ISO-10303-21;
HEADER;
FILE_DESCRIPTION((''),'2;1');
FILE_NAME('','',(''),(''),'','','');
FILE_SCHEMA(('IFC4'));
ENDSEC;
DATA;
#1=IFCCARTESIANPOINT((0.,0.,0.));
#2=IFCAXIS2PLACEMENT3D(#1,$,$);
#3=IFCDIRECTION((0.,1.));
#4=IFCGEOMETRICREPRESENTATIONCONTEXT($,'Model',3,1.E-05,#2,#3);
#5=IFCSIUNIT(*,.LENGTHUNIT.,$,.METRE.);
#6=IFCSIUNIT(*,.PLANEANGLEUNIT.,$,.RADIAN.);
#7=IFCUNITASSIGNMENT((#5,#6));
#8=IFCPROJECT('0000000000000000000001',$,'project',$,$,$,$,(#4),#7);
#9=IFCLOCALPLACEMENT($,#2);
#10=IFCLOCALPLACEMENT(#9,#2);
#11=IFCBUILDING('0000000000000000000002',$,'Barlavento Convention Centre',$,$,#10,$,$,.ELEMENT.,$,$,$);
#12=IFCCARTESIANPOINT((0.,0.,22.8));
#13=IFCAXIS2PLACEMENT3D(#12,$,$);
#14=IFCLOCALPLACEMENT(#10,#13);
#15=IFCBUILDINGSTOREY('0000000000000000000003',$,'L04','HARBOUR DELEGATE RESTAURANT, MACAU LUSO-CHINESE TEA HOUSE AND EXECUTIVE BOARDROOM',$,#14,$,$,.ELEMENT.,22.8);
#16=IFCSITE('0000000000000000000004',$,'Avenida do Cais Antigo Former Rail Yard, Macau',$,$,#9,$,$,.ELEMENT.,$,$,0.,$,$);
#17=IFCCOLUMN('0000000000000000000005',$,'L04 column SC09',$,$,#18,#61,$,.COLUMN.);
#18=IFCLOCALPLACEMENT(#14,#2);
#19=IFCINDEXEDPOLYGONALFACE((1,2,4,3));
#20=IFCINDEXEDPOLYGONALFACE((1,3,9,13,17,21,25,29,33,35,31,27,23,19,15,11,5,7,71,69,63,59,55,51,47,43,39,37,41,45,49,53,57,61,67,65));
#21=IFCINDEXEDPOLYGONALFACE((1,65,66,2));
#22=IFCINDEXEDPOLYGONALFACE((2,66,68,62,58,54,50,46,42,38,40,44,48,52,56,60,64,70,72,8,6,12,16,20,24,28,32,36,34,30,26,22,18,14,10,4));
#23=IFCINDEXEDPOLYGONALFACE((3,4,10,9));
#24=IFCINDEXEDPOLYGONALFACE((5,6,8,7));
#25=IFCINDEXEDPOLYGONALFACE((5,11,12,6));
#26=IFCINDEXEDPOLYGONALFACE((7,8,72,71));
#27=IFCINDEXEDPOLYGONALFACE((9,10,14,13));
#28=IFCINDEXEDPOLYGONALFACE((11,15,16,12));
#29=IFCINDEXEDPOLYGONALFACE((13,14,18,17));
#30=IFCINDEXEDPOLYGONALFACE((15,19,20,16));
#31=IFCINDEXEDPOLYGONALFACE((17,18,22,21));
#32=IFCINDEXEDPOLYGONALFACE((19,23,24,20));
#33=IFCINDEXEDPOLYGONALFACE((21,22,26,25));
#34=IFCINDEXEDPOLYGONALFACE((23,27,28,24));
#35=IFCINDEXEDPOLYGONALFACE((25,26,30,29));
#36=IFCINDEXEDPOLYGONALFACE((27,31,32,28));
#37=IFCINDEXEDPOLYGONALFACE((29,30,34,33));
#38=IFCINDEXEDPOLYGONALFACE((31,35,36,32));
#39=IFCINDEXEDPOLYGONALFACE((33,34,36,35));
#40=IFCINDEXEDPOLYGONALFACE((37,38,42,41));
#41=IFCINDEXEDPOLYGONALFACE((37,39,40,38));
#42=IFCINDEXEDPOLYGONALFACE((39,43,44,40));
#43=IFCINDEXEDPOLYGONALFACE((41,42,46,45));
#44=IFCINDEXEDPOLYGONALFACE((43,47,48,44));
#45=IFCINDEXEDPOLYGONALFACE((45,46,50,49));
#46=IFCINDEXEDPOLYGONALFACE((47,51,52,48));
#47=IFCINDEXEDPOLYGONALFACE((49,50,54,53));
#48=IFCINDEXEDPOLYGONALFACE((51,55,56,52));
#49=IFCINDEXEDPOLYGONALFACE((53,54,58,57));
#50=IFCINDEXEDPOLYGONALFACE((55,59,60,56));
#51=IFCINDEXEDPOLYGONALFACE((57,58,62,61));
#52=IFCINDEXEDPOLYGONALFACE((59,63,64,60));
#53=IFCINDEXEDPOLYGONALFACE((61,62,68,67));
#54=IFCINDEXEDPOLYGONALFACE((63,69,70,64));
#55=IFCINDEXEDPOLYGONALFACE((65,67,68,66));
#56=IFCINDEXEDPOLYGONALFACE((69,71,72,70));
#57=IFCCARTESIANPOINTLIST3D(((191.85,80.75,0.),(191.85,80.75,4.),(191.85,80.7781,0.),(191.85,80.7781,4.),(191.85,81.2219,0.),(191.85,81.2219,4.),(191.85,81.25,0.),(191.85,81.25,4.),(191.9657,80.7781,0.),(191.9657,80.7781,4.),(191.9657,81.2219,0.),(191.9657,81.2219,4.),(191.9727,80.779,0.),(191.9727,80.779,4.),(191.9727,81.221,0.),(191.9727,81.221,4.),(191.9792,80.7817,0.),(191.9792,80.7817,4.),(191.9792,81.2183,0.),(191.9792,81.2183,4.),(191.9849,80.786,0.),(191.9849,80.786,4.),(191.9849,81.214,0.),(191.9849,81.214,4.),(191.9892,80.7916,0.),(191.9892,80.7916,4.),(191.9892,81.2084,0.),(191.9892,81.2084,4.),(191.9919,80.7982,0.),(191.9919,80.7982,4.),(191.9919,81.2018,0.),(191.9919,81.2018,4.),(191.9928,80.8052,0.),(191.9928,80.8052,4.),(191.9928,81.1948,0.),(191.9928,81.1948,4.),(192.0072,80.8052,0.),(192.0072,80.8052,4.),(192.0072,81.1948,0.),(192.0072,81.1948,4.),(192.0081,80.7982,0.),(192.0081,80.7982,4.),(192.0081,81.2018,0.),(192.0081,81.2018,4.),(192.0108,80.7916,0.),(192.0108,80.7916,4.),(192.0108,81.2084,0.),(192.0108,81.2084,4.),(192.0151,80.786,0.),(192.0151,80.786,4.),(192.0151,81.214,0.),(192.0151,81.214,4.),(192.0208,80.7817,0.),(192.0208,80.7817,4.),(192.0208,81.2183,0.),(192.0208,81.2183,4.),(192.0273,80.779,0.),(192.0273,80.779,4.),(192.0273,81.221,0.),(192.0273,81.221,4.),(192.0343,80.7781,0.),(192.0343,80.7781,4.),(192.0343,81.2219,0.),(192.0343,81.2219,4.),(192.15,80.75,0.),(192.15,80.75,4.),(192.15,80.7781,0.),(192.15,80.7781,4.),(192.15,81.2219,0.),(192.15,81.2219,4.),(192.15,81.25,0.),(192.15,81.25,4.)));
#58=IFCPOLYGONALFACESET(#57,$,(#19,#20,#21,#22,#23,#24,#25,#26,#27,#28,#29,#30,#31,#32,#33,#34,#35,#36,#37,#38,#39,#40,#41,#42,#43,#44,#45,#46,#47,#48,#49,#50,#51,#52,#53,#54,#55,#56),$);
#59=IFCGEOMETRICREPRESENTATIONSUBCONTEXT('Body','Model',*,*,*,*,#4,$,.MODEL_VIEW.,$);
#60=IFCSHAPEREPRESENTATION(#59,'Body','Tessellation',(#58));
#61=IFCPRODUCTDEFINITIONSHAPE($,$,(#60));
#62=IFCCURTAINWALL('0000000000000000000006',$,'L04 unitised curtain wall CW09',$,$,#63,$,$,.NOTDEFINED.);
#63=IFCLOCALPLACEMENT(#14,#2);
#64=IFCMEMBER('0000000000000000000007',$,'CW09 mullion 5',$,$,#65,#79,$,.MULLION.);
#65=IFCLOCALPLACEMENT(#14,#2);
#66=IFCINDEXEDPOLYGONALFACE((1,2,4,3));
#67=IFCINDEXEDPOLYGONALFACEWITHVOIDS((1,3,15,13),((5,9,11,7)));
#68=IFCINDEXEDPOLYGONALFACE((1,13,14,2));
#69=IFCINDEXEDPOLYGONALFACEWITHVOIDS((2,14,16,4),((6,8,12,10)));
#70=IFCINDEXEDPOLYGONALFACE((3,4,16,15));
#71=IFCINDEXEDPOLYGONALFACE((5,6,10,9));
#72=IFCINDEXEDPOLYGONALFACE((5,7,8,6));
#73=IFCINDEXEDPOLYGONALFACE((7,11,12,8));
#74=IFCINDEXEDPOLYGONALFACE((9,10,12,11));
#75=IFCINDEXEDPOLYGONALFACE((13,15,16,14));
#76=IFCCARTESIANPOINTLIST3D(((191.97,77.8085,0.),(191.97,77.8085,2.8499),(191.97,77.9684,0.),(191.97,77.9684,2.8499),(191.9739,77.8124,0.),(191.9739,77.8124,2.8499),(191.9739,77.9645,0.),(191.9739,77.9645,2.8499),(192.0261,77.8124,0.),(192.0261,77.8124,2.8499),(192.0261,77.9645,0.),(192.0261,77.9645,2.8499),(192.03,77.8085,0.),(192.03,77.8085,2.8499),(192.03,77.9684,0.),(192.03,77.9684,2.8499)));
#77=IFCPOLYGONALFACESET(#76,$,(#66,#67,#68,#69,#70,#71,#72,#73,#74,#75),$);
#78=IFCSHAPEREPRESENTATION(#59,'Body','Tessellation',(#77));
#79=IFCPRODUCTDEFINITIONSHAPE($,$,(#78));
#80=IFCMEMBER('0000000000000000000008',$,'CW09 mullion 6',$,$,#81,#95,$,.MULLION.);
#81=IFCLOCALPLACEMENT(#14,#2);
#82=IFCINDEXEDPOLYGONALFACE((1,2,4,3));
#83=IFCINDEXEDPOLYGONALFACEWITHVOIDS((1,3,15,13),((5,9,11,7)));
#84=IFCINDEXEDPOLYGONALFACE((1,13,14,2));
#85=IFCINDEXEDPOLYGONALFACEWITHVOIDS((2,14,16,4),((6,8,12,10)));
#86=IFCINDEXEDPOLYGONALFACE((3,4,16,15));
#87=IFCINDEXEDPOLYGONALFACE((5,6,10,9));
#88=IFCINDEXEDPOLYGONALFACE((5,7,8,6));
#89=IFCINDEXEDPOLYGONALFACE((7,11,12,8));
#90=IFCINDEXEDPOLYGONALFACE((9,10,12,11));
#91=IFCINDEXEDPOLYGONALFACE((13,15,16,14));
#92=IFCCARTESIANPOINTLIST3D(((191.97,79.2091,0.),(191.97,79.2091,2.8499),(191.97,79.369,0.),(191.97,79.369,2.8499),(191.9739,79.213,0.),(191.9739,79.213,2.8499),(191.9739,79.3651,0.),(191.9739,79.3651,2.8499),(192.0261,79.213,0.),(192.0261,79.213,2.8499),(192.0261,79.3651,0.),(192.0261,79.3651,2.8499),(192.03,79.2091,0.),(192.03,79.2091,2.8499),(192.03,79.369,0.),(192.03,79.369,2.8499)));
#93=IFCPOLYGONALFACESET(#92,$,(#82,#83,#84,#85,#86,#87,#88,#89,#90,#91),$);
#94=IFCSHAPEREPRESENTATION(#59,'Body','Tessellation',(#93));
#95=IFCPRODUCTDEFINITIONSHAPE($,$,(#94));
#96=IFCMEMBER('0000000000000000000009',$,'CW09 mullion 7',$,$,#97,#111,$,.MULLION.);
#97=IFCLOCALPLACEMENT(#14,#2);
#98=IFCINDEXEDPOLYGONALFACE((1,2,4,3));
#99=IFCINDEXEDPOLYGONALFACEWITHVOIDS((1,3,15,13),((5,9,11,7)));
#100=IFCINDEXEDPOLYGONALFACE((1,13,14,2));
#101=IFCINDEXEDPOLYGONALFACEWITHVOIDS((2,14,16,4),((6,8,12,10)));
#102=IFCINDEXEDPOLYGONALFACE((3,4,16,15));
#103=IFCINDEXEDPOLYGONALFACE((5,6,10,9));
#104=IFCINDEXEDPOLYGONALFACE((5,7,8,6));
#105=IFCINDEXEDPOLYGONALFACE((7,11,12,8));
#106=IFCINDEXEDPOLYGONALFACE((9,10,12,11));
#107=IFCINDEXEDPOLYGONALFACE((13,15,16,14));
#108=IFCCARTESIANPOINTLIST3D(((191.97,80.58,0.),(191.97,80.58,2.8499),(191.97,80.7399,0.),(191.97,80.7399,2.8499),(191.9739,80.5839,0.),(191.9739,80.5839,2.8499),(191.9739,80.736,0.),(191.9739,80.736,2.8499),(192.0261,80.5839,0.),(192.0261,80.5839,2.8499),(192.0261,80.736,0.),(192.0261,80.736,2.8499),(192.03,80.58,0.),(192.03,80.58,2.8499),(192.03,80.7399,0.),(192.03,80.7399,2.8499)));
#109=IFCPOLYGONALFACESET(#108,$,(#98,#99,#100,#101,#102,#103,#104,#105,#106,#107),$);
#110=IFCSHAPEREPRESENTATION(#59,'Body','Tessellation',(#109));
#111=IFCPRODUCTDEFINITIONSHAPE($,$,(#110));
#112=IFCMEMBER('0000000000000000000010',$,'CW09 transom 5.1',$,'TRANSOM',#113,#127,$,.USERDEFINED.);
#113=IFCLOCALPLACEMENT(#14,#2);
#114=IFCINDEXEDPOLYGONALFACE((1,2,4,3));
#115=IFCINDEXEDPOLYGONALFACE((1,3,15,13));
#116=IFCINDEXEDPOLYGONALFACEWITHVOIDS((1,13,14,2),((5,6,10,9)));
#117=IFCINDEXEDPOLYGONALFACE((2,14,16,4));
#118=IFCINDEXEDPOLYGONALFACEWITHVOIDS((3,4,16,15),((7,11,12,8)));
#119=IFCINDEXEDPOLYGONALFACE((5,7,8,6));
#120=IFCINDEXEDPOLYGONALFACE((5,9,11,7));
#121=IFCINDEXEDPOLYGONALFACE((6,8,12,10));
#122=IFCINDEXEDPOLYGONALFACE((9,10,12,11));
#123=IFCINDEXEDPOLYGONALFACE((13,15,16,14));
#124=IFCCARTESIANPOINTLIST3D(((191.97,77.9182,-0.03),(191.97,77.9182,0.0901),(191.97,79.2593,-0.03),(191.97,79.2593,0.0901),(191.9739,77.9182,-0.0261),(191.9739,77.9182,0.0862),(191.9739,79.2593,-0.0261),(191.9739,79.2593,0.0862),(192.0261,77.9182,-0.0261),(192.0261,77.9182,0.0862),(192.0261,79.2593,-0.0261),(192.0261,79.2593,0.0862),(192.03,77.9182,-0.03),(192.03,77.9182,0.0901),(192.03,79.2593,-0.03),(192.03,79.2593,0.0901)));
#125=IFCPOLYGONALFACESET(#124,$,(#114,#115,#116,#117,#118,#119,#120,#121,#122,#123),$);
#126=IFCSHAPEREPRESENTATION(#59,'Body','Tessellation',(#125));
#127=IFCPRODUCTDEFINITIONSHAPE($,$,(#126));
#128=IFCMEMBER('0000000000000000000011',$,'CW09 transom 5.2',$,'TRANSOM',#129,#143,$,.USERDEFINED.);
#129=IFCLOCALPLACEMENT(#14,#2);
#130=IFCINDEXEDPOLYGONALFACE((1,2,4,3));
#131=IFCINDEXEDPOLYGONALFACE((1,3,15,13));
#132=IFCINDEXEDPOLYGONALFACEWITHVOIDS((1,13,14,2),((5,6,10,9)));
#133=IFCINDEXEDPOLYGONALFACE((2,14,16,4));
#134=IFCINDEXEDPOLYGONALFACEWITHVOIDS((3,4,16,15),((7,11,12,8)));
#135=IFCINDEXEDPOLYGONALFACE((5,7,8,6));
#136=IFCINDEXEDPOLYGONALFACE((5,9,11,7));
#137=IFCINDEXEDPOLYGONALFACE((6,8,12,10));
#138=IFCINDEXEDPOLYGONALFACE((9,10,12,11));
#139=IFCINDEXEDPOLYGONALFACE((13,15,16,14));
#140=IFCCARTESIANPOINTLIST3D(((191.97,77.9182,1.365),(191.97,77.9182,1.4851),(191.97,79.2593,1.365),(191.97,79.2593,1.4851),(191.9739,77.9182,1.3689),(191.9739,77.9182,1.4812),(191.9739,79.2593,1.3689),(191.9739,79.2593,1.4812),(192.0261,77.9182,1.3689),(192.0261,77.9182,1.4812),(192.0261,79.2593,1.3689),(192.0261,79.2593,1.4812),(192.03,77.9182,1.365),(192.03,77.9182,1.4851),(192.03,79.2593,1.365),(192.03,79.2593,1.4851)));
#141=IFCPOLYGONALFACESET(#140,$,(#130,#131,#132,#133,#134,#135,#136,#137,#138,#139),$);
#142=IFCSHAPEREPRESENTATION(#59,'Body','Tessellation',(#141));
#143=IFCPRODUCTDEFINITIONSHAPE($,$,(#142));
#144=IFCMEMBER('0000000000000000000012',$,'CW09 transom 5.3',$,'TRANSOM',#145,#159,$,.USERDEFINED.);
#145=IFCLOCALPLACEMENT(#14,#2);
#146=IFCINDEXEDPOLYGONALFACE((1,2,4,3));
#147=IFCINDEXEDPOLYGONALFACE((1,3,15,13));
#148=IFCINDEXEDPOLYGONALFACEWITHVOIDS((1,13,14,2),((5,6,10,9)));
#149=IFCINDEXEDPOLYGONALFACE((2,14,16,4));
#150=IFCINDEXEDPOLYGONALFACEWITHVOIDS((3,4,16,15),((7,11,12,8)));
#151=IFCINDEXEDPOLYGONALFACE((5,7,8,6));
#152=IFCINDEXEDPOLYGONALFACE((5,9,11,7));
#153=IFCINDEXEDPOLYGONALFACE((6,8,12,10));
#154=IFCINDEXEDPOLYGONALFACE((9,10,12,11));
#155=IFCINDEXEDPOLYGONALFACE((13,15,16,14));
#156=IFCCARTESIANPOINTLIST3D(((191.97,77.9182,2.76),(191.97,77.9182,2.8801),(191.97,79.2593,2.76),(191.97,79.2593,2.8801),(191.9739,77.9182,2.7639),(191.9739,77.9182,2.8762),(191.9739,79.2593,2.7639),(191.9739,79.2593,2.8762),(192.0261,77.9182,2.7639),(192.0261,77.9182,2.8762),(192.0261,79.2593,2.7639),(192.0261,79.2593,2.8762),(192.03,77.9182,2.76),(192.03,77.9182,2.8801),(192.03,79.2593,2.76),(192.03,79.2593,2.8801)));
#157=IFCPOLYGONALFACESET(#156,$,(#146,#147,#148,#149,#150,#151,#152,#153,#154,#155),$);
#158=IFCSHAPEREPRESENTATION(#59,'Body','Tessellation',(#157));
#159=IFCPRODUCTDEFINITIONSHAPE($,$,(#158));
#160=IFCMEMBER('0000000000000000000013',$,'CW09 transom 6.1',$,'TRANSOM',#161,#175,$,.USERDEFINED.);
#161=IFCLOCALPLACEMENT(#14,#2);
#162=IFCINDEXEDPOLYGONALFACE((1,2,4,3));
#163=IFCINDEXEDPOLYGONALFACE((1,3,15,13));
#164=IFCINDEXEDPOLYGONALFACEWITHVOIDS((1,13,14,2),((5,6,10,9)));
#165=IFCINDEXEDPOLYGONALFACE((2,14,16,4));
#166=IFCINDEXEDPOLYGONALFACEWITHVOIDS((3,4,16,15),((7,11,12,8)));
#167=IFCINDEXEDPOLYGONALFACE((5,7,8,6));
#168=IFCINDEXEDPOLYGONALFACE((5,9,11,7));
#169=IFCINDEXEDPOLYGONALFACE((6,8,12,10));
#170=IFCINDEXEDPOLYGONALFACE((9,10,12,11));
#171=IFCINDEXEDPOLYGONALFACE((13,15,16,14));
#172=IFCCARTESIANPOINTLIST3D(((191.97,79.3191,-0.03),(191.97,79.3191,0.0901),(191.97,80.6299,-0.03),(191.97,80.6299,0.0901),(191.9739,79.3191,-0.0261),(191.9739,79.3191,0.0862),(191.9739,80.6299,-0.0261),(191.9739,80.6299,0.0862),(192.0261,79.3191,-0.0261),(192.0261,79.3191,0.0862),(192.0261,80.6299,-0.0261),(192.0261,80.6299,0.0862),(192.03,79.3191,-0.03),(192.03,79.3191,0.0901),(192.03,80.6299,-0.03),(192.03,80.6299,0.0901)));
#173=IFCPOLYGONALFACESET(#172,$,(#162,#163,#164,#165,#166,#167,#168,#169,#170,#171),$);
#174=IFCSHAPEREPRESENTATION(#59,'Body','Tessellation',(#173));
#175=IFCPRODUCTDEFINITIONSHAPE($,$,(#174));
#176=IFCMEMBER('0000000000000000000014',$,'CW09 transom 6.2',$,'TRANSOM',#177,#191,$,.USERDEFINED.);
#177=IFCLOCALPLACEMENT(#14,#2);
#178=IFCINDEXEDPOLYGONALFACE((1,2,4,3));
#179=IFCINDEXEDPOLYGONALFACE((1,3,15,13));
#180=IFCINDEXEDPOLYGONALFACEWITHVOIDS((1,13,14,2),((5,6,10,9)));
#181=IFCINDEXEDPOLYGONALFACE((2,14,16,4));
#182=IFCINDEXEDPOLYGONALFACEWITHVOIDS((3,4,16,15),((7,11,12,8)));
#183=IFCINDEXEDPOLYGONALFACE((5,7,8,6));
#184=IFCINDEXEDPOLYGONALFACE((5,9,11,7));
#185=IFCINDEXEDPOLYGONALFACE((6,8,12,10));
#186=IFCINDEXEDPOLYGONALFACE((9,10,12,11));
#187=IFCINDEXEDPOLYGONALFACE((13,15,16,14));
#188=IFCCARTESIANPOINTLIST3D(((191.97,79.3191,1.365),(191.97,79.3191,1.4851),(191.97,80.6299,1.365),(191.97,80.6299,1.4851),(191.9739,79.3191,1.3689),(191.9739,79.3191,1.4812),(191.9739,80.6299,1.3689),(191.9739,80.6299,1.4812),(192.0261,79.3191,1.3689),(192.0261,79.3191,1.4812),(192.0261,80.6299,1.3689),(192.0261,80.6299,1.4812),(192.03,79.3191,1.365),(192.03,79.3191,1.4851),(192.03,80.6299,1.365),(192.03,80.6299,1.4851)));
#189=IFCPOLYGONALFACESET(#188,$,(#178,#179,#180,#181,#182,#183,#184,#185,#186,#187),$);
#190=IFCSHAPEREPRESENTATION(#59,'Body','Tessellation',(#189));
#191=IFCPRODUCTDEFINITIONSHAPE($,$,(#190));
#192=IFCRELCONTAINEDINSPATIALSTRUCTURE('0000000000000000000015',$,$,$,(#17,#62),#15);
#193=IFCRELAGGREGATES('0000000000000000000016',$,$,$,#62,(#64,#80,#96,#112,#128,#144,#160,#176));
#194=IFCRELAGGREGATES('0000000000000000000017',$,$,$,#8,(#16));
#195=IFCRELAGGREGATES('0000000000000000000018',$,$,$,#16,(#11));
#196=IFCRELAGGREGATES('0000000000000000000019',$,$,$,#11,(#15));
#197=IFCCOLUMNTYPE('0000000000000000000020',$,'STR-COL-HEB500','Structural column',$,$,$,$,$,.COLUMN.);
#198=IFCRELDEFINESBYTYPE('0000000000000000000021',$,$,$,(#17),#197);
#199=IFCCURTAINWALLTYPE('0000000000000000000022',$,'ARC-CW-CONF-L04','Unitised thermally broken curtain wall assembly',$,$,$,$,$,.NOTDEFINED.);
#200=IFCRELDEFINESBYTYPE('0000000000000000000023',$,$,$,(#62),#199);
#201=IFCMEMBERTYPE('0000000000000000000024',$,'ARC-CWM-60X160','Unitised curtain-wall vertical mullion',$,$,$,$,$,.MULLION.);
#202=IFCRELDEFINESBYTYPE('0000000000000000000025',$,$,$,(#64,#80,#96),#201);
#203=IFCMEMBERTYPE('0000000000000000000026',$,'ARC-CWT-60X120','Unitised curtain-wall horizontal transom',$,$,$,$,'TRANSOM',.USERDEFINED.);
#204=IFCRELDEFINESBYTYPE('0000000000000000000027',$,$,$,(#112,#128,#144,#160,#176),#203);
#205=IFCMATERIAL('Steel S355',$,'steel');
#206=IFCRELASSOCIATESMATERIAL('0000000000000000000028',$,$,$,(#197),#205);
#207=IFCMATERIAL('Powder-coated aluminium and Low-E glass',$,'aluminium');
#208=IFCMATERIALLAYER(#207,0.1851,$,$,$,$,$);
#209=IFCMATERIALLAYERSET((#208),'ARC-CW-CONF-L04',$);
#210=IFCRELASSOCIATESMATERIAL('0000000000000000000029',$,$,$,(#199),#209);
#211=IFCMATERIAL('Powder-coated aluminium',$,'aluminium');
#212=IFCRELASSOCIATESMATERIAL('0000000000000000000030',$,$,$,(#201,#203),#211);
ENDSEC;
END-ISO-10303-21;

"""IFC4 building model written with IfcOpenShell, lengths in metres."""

from ifc_helpers import new_model, si_unit, direction, frame, origin, origin_2d, place, context, subcontext, project, spatial, hollow_rectangle, i_section, extrude, material, layer, layer_set, material_profile, profile_set, type_object, element, aggregate, save


model = new_model("IFC4")

# Units and contexts
model_context = context("Model", 3, precision=1e-05, world=origin(), true_north=direction((0.0, 1.0)))
body_context = subcontext(model_context, "Body", "Model", "MODEL_VIEW")
ifc_project = project(units=[si_unit("LENGTHUNIT", "METRE"), si_unit("PLANEANGLEUNIT", "RADIAN")], contexts=[model_context])

# Site, building, storey
site_placement = place(None, origin())
site = spatial("IfcSite", under=ifc_project, at=site_placement, Name="Avenida do Cais Antigo Former Rail Yard, Macau", CompositionType="ELEMENT", RefElevation=0.0)
building_placement = place(site_placement, origin())
building = spatial("IfcBuilding", under=site, at=building_placement, Name="Barlavento Convention Centre", CompositionType="ELEMENT")
storey_placement = place(building_placement, frame((0.0, 0.0, 22.8)))
storey = spatial("IfcBuildingStorey", under=building, at=storey_placement, Name="L04", Description="HARBOUR DELEGATE RESTAURANT, MACAU LUSO-CHINESE TEA HOUSE AND EXECUTIVE BOARDROOM", CompositionType="ELEMENT", Elevation=22.8)

# Column
ifc_material_1 = material(Name="Steel S355", Category="steel")
ifc_material_profile_1 = material_profile(ifc_material_1, i_section(OverallWidth=0.3, OverallDepth=0.5, WebThickness=0.0144, FlangeThickness=0.0281, FilletRadius=0.0271, at=origin_2d()), Name="HEB 500")
ifc_profile_set_1 = profile_set([ifc_material_profile_1], Name="Steel S355")
column_type = type_object("IfcColumnType", Name="STR-COL-HEB500", Description="Structural column", PredefinedType="COLUMN", material=ifc_profile_set_1)
column_placement = place(storey_placement, frame((192.0, 81.0, 0.0), z_axis=(0.0, 0.0, 1.0), x_axis=(1.0, 0.0, 0.0)))
element("IfcColumn", 1, at=column_placement, inside=storey, type_object=column_type, Name="L04 column SC09", PredefinedType="COLUMN", context=body_context, shape_type="SweptSolid", body=[
    extrude(i_section(OverallWidth=0.3, OverallDepth=0.5, WebThickness=0.0144, FlangeThickness=0.0281, FilletRadius=0.0271, at=origin_2d()), origin(), (0.0, 0.0, 1.0), 4.0),
])

# Curtain wall, members
ifc_material_2 = material(Name="Powder-coated aluminium and Low-E glass", Category="aluminium")
ifc_layer_1 = layer(ifc_material_2, 0.1851)
ifc_layer_set_1 = layer_set([ifc_layer_1], Name="ARC-CW-CONF-L04")
curtain_wall_type = type_object("IfcCurtainWallType", Name="ARC-CW-CONF-L04", Description="Unitised thermally broken curtain wall assembly", PredefinedType="NOTDEFINED", material=ifc_layer_set_1)
curtain_wall_placement = place(storey_placement, origin())
curtain_wall = element("IfcCurtainWall", 2, at=curtain_wall_placement, inside=storey, type_object=curtain_wall_type, Name="L04 unitised curtain wall CW09", PredefinedType="NOTDEFINED")
ifc_material_3 = material(Name="Powder-coated aluminium", Category="aluminium")
ifc_material_profile_2 = material_profile(ifc_material_3, hollow_rectangle(XDim=0.0601, YDim=0.1599, WallThickness=0.0039, at=origin_2d()), Name="AL-MULL 60x160x4")
ifc_profile_set_2 = profile_set([ifc_material_profile_2], Name="Powder-coated aluminium")
member_type_1 = type_object("IfcMemberType", Name="ARC-CWM-60X160", Description="Unitised curtain-wall vertical mullion", PredefinedType="MULLION", material=ifc_profile_set_2)
member_1_placement = place(storey_placement, frame((192.0, 77.8884, 0.0), z_axis=(0.0, 0.0, 1.0), x_axis=(-1.0, 0.0, 0.0)))
member_1 = element("IfcMember", 3, at=member_1_placement, type_object=member_type_1, Name="CW09 mullion 5", PredefinedType="MULLION", context=body_context, shape_type="SweptSolid", body=[
    extrude(hollow_rectangle(XDim=0.0601, YDim=0.1599, WallThickness=0.0039, at=origin_2d()), origin(), (0.0, 0.0, 1.0), 2.8499),
])
member_2_placement = place(storey_placement, frame((192.0, 79.2891, 0.0), z_axis=(0.0, 0.0, 1.0), x_axis=(-1.0, 0.0, 0.0)))
member_2 = element("IfcMember", 4, at=member_2_placement, type_object=member_type_1, Name="CW09 mullion 6", PredefinedType="MULLION", context=body_context, shape_type="SweptSolid", body=[
    extrude(hollow_rectangle(XDim=0.0601, YDim=0.1599, WallThickness=0.0039, at=origin_2d()), origin(), (0.0, 0.0, 1.0), 2.8499),
])
member_3_placement = place(storey_placement, frame((192.0, 80.6599, 0.0), z_axis=(0.0, 0.0, 1.0), x_axis=(-1.0, 0.0, 0.0)))
member_3 = element("IfcMember", 5, at=member_3_placement, type_object=member_type_1, Name="CW09 mullion 7", PredefinedType="MULLION", context=body_context, shape_type="SweptSolid", body=[
    extrude(hollow_rectangle(XDim=0.0601, YDim=0.1599, WallThickness=0.0039, at=origin_2d()), origin(), (0.0, 0.0, 1.0), 2.8499),
])
ifc_material_profile_3 = material_profile(ifc_material_3, hollow_rectangle(XDim=0.0601, YDim=0.1201, WallThickness=0.0039, at=origin_2d()), Name="AL-TRAN 60x120x4")
ifc_profile_set_3 = profile_set([ifc_material_profile_3], Name="Powder-coated aluminium")
member_type_2 = type_object("IfcMemberType", Name="ARC-CWT-60X120", Description="Unitised curtain-wall horizontal transom", ElementType="TRANSOM", PredefinedType="USERDEFINED", material=ifc_profile_set_3)
member_4_placement = place(storey_placement, frame((192.0, 77.9182, 0.03), z_axis=(0.0, 1.0, 0.0), x_axis=(-1.0, 0.0, 0.0)))
member_4 = element("IfcMember", 6, at=member_4_placement, type_object=member_type_2, Name="CW09 transom 5.1", ObjectType="TRANSOM", PredefinedType="USERDEFINED", context=body_context, shape_type="SweptSolid", body=[
    extrude(hollow_rectangle(XDim=0.0601, YDim=0.1201, WallThickness=0.0039, at=origin_2d()), origin(), (0.0, 0.0, 1.0), 1.3411),
])
member_5_placement = place(storey_placement, frame((192.0, 77.9182, 1.425), z_axis=(0.0, 1.0, 0.0), x_axis=(-1.0, 0.0, 0.0)))
member_5 = element("IfcMember", 7, at=member_5_placement, type_object=member_type_2, Name="CW09 transom 5.2", ObjectType="TRANSOM", PredefinedType="USERDEFINED", context=body_context, shape_type="SweptSolid", body=[
    extrude(hollow_rectangle(XDim=0.0601, YDim=0.1201, WallThickness=0.0039, at=origin_2d()), origin(), (0.0, 0.0, 1.0), 1.3411),
])
member_6_placement = place(storey_placement, frame((192.0, 77.9182, 2.8201), z_axis=(0.0, 1.0, 0.0), x_axis=(-1.0, 0.0, 0.0)))
member_6 = element("IfcMember", 8, at=member_6_placement, type_object=member_type_2, Name="CW09 transom 5.3", ObjectType="TRANSOM", PredefinedType="USERDEFINED", context=body_context, shape_type="SweptSolid", body=[
    extrude(hollow_rectangle(XDim=0.0601, YDim=0.1201, WallThickness=0.0039, at=origin_2d()), origin(), (0.0, 0.0, 1.0), 1.3411),
])
member_7_placement = place(storey_placement, frame((192.0, 79.3191, 0.03), z_axis=(0.0, 1.0, 0.0), x_axis=(-1.0, 0.0, 0.0)))
member_7 = element("IfcMember", 9, at=member_7_placement, type_object=member_type_2, Name="CW09 transom 6.1", ObjectType="TRANSOM", PredefinedType="USERDEFINED", context=body_context, shape_type="SweptSolid", body=[
    extrude(hollow_rectangle(XDim=0.0601, YDim=0.1201, WallThickness=0.0039, at=origin_2d()), origin(), (0.0, 0.0, 1.0), 1.3108),
])
member_8_placement = place(storey_placement, frame((192.0, 79.3191, 1.425), z_axis=(0.0, 1.0, 0.0), x_axis=(-1.0, 0.0, 0.0)))
member_8 = element("IfcMember", 10, at=member_8_placement, type_object=member_type_2, Name="CW09 transom 6.2", ObjectType="TRANSOM", PredefinedType="USERDEFINED", context=body_context, shape_type="SweptSolid", body=[
    extrude(hollow_rectangle(XDim=0.0601, YDim=0.1201, WallThickness=0.0039, at=origin_2d()), origin(), (0.0, 0.0, 1.0), 1.3108),
])
aggregate(curtain_wall, [member_1, member_2, member_3, member_4, member_5, member_6, member_7, member_8])

save(model, "model.ifc")
